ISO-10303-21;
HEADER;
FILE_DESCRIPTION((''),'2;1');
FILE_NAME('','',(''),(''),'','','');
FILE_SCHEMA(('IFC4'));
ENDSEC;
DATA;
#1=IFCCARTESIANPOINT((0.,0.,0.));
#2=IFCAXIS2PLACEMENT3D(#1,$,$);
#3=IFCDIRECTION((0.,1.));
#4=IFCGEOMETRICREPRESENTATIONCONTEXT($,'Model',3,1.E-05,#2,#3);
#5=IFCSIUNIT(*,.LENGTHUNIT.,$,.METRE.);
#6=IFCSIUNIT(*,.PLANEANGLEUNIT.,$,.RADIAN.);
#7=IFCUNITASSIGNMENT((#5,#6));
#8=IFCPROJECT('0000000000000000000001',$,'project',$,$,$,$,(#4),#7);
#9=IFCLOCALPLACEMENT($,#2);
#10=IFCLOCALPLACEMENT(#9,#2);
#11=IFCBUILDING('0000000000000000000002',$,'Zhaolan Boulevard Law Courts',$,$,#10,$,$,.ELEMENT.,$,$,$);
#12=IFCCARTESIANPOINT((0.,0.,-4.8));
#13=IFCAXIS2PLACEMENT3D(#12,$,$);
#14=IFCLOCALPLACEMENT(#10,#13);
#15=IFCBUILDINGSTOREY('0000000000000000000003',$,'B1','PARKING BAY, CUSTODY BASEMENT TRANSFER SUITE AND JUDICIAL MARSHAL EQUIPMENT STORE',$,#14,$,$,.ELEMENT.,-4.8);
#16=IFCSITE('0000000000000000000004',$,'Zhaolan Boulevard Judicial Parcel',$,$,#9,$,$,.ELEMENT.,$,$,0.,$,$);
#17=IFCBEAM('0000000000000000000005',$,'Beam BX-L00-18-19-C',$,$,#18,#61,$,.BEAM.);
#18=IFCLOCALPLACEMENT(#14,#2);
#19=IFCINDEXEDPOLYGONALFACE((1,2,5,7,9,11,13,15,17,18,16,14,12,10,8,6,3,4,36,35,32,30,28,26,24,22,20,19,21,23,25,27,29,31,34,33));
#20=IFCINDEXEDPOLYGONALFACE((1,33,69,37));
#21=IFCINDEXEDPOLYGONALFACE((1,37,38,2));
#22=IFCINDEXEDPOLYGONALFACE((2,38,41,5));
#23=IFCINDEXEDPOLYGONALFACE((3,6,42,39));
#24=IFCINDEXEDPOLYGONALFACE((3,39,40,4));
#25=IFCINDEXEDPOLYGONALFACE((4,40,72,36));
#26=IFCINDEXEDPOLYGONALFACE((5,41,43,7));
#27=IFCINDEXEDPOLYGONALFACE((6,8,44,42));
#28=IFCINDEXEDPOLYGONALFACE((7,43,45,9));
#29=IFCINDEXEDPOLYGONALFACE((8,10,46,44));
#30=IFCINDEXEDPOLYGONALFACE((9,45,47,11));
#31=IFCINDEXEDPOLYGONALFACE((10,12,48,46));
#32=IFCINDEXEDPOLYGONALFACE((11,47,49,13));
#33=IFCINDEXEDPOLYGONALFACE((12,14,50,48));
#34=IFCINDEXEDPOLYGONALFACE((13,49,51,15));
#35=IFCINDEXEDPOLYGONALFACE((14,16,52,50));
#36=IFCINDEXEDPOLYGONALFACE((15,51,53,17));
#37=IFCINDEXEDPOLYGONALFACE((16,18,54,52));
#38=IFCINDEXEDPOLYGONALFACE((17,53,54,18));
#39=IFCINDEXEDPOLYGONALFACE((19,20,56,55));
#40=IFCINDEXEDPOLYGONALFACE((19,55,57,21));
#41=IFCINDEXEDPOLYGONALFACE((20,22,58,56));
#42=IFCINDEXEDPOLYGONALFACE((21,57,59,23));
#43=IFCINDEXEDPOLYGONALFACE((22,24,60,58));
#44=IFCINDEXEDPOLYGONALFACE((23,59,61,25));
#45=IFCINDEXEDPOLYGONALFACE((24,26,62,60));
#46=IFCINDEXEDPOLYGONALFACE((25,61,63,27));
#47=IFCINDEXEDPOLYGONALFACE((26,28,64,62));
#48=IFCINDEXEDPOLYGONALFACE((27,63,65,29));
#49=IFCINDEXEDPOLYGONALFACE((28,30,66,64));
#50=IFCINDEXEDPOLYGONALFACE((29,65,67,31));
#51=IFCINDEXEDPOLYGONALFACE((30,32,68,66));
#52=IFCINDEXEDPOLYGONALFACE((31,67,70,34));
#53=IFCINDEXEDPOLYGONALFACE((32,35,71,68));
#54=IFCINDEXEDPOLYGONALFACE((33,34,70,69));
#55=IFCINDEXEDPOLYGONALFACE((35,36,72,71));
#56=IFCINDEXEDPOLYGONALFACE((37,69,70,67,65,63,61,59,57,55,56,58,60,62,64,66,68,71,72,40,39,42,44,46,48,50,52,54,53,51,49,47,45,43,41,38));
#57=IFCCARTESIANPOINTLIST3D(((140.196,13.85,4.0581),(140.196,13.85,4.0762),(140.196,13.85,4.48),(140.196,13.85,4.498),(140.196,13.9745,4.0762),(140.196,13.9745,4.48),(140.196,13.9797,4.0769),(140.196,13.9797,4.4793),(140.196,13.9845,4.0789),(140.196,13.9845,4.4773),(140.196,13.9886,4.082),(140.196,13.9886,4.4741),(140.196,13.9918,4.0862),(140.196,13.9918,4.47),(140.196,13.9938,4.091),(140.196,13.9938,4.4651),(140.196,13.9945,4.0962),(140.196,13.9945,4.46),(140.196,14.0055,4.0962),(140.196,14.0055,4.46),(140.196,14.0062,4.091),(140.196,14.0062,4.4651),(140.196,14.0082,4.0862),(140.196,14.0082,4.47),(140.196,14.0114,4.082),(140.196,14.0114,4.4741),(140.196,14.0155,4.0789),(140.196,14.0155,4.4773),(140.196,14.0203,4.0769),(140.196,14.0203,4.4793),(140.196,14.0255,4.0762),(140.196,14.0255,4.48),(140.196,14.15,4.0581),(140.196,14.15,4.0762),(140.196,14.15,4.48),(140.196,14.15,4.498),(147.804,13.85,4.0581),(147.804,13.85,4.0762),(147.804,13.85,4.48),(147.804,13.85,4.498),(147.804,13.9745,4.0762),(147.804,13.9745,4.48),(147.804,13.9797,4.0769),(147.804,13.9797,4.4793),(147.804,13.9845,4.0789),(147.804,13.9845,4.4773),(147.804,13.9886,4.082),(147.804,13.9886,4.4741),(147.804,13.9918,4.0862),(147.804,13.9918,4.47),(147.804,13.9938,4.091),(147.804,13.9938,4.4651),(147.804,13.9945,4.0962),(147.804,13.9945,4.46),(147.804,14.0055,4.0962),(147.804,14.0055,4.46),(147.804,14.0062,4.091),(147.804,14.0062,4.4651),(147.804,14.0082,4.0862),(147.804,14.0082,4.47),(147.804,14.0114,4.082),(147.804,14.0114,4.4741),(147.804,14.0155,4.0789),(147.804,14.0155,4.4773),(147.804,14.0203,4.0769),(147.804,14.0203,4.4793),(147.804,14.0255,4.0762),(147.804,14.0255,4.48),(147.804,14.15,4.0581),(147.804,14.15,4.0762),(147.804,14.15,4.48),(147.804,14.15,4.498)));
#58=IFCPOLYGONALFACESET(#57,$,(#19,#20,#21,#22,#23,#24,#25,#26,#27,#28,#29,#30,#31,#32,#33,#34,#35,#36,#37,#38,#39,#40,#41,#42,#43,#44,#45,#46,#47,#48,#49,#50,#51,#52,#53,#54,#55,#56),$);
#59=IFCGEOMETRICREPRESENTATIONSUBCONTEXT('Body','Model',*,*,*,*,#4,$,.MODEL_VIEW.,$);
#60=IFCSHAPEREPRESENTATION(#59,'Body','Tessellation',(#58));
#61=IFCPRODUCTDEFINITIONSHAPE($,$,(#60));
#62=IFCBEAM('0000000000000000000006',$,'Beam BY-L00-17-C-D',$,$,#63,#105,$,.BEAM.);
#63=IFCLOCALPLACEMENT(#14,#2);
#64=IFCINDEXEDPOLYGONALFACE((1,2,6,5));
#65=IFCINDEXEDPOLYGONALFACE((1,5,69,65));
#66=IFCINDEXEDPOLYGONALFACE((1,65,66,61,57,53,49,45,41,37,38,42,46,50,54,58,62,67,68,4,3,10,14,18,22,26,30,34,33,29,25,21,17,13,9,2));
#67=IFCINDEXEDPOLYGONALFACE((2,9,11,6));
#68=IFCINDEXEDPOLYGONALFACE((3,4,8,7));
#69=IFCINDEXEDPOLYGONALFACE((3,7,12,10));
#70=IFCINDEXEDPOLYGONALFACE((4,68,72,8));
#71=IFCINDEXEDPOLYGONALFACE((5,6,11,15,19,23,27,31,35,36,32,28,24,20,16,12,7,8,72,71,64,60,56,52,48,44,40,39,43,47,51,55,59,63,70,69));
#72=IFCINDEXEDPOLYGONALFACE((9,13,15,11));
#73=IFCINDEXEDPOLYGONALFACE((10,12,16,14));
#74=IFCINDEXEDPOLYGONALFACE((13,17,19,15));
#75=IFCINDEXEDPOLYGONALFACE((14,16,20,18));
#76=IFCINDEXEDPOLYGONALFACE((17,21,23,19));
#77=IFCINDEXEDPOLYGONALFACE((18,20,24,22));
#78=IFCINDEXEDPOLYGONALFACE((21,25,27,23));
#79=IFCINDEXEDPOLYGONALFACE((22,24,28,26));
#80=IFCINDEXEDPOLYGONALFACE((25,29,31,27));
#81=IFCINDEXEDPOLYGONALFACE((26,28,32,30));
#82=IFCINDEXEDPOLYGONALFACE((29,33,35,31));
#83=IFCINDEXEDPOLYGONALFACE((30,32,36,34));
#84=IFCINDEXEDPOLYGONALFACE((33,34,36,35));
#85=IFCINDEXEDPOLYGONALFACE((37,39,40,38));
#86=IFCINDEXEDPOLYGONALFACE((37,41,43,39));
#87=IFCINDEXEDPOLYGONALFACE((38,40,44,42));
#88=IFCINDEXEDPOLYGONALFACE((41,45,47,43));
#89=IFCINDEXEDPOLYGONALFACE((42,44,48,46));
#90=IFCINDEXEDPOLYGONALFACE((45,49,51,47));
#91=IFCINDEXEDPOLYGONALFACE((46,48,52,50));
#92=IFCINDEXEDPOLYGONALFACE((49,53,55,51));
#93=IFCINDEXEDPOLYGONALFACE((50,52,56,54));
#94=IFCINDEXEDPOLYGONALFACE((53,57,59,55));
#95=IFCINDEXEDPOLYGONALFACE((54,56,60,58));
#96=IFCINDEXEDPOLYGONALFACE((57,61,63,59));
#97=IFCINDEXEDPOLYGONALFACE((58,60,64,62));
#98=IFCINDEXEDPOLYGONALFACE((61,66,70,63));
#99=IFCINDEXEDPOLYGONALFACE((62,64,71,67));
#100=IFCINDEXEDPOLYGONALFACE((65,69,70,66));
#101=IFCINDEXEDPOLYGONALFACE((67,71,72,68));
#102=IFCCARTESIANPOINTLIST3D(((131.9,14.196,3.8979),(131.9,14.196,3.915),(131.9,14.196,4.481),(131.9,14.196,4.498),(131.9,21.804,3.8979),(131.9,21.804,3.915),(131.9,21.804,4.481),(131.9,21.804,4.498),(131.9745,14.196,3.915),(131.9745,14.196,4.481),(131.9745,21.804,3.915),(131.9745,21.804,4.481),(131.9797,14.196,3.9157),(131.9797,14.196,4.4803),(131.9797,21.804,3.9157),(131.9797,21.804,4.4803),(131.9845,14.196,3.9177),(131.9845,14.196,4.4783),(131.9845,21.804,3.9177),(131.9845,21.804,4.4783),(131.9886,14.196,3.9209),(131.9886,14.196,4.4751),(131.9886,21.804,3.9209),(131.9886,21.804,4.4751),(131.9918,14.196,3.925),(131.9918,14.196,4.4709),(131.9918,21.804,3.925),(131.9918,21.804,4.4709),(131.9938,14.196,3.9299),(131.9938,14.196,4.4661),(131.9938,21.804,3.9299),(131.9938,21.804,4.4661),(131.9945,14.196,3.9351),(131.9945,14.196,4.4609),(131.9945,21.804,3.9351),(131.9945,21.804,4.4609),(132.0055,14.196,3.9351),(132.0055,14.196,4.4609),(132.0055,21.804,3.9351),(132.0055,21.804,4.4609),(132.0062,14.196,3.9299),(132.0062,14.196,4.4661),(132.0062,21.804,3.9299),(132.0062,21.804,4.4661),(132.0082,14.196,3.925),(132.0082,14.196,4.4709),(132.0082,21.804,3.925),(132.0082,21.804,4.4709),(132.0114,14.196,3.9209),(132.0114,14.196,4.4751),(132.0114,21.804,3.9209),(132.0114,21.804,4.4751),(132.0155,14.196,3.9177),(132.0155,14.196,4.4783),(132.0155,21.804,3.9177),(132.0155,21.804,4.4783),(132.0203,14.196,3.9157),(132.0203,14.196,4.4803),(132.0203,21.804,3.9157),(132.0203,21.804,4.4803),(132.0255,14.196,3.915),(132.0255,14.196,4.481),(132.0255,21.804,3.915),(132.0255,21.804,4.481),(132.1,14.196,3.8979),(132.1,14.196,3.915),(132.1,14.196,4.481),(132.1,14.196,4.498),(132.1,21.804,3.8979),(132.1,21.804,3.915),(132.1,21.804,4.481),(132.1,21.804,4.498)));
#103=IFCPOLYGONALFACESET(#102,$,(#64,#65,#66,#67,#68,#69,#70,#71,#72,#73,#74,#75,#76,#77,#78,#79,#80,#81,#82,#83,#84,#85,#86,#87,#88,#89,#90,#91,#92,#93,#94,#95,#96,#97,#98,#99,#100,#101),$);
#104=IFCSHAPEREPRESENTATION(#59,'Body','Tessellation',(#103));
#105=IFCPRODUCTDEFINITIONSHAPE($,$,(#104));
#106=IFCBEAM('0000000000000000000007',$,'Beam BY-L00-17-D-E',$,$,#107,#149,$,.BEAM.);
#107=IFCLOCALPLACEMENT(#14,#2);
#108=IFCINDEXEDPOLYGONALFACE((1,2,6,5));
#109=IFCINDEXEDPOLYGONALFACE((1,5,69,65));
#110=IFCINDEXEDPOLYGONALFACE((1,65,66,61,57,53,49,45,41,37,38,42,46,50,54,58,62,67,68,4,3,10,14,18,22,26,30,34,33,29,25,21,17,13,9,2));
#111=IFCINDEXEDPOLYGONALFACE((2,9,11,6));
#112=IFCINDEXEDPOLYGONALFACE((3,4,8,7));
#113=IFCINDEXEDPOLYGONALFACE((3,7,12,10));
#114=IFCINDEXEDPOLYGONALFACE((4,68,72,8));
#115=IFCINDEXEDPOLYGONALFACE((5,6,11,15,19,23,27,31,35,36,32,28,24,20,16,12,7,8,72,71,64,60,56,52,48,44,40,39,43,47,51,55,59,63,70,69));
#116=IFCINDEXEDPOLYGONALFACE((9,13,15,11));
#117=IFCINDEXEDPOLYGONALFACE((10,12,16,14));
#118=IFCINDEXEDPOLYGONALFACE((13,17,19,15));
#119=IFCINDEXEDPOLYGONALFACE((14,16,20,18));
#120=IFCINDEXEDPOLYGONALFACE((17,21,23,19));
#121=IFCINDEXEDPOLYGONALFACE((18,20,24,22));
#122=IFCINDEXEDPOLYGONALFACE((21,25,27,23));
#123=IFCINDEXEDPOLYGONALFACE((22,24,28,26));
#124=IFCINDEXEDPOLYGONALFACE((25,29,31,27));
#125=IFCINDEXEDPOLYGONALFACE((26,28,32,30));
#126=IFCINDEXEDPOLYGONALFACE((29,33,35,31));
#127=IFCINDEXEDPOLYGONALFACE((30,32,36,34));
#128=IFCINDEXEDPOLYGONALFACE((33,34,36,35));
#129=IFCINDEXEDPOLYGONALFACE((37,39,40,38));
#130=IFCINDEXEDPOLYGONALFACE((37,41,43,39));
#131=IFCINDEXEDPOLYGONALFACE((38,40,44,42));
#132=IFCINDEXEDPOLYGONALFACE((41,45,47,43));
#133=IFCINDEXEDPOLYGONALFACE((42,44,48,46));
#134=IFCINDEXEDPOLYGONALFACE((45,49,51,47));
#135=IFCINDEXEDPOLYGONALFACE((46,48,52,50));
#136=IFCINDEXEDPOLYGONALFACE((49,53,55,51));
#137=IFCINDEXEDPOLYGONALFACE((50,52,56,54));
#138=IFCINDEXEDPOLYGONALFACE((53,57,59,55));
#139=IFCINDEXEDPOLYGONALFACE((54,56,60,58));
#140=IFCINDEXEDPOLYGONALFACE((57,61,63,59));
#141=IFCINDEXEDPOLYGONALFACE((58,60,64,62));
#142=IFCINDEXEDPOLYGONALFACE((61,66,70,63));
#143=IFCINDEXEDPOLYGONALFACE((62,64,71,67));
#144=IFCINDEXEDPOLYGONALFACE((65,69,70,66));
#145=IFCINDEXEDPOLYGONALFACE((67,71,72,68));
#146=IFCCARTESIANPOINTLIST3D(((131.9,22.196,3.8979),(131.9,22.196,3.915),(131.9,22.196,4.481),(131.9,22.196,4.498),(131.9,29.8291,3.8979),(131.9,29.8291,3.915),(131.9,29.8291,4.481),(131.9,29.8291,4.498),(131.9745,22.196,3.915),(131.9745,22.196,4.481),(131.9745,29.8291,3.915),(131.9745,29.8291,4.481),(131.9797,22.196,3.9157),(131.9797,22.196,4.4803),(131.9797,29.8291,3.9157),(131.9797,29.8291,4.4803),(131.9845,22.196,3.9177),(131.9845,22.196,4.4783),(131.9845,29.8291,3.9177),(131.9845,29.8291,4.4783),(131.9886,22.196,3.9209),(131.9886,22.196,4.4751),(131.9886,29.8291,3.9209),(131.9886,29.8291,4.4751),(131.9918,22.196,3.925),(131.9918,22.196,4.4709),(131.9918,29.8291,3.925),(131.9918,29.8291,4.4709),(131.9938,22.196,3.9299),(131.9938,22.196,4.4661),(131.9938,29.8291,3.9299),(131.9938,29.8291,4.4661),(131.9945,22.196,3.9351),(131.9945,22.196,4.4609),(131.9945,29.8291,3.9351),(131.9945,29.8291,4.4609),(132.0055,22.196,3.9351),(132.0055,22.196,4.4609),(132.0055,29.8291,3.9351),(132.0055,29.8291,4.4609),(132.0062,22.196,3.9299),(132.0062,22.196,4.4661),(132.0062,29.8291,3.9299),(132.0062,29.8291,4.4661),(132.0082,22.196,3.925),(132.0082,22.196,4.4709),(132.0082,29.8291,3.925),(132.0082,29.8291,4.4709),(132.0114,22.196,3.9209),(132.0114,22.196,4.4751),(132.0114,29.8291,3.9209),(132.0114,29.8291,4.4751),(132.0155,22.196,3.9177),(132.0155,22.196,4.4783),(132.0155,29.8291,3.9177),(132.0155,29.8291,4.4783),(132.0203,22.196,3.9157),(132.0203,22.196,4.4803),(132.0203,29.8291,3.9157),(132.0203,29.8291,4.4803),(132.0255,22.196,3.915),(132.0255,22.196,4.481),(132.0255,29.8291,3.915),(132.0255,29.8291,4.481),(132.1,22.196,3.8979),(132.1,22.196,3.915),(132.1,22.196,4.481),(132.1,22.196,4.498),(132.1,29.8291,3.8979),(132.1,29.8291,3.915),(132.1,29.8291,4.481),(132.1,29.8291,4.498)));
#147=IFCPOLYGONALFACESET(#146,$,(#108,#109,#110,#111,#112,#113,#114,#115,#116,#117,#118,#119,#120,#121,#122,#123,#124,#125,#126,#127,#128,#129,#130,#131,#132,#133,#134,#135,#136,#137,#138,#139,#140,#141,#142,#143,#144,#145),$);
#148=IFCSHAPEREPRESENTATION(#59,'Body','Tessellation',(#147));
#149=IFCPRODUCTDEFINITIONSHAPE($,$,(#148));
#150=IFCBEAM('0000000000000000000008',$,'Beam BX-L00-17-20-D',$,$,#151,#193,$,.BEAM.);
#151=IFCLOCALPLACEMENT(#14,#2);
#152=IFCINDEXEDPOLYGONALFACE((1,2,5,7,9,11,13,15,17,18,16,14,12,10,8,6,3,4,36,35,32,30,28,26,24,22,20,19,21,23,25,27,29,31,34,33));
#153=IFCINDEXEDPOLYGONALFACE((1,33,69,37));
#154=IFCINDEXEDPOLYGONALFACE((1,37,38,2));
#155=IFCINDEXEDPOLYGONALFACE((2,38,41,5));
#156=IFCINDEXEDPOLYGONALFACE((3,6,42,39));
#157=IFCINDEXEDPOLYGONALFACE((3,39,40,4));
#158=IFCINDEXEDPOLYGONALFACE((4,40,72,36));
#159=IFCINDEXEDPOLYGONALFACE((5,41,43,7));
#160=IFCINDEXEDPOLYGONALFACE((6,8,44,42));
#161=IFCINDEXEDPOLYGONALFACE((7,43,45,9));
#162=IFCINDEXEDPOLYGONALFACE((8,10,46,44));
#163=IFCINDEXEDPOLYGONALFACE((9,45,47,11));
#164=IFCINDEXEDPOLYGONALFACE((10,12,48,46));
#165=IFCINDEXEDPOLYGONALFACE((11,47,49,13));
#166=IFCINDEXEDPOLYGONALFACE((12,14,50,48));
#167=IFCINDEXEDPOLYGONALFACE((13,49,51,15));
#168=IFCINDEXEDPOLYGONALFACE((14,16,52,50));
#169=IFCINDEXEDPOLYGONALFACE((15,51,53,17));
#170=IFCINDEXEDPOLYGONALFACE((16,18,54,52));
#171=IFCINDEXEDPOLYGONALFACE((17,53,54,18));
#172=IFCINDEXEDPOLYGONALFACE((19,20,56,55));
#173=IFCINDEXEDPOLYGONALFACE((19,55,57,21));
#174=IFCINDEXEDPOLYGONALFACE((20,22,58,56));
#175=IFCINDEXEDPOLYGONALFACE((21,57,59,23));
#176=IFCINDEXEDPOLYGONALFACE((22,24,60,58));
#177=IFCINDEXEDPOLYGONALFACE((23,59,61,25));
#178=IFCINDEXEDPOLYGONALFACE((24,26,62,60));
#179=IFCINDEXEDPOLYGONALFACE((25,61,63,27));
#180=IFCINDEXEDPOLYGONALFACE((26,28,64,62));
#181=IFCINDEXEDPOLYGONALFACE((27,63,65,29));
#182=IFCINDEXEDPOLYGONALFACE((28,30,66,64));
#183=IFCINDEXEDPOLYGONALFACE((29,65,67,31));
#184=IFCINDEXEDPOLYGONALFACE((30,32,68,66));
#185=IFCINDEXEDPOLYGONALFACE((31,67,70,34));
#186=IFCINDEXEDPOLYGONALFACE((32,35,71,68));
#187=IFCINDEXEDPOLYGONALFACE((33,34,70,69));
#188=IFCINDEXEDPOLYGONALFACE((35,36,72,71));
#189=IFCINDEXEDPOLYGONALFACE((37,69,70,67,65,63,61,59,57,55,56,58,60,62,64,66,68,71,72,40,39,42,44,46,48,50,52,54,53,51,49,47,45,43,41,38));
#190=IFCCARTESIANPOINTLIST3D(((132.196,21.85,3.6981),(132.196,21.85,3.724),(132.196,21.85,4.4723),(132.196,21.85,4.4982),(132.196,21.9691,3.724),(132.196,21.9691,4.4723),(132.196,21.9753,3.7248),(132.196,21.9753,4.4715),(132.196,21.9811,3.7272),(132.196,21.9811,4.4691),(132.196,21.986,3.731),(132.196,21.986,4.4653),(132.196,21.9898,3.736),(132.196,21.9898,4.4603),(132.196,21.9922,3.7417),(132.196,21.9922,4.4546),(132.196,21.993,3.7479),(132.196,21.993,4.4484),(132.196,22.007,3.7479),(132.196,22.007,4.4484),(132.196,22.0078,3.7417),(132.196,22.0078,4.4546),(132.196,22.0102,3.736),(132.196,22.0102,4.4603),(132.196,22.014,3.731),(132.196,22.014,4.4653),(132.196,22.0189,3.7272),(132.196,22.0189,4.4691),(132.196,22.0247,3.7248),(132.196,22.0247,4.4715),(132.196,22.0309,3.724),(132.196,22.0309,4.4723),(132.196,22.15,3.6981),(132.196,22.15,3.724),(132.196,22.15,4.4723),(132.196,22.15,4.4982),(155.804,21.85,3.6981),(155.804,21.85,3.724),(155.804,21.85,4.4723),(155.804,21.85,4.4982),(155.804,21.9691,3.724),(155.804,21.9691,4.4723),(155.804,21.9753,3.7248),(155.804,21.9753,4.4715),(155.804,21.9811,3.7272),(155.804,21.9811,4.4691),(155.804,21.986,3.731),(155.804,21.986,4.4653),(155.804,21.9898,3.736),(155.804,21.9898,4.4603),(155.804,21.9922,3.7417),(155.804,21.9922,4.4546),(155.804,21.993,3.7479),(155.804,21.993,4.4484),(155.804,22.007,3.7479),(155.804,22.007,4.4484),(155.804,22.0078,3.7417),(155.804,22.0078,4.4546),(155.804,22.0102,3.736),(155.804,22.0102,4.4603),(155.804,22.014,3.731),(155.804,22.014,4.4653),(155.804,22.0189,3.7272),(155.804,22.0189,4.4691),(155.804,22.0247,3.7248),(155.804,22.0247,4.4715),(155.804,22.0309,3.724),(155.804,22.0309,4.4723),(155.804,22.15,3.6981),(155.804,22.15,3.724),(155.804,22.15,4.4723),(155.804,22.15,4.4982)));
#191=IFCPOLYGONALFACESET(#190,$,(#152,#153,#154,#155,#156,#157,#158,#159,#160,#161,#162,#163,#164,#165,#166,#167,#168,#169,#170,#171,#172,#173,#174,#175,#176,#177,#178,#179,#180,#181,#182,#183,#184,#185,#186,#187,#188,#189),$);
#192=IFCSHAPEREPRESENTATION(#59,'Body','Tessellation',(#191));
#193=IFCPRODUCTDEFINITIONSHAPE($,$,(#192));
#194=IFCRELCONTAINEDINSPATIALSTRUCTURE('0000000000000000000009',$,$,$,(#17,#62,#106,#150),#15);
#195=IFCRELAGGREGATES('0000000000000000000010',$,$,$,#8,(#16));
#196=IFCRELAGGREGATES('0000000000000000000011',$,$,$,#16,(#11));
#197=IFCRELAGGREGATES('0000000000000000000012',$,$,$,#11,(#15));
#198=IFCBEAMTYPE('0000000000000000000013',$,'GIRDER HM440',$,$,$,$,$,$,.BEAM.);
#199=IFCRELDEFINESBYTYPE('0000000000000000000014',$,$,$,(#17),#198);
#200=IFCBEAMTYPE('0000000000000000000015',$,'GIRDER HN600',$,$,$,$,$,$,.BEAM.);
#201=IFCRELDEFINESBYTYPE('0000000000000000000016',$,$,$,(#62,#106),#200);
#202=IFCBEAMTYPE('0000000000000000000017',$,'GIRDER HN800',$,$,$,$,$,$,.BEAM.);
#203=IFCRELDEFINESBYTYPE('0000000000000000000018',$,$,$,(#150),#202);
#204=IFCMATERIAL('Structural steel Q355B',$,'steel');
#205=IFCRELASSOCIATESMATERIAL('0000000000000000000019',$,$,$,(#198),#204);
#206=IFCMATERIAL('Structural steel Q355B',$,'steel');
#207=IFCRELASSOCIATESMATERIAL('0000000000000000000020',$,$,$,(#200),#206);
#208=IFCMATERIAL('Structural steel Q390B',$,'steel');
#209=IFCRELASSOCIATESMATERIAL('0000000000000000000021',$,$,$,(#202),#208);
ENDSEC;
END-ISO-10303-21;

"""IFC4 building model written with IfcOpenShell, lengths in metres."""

from ifc_helpers import new_model, si_unit, direction, frame, origin, origin_2d, place, context, subcontext, project, spatial, i_section, extrude, material, material_profile, profile_set, type_object, element, save


model = new_model("IFC4")

# Units and contexts
model_context = context("Model", 3, precision=1e-05, world=origin(), true_north=direction((0.0, 1.0)))
body_context = subcontext(model_context, "Body", "Model", "MODEL_VIEW")
ifc_project = project(units=[si_unit("LENGTHUNIT", "METRE"), si_unit("PLANEANGLEUNIT", "RADIAN")], contexts=[model_context])

# Site, building, storey
site_placement = place(None, origin())
site = spatial("IfcSite", under=ifc_project, at=site_placement, Name="Zhaolan Boulevard Judicial Parcel", CompositionType="ELEMENT", RefElevation=0.0)
building_placement = place(site_placement, origin())
building = spatial("IfcBuilding", under=site, at=building_placement, Name="Zhaolan Boulevard Law Courts", CompositionType="ELEMENT")
storey_placement = place(building_placement, frame((0.0, 0.0, -4.8)))
storey = spatial("IfcBuildingStorey", under=building, at=storey_placement, Name="B1", Description="PARKING BAY, CUSTODY BASEMENT TRANSFER SUITE AND JUDICIAL MARSHAL EQUIPMENT STORE", CompositionType="ELEMENT", Elevation=-4.8)

# Beams
ifc_material_1 = material(Name="Structural steel Q355B", Category="steel")
ifc_material_profile_1 = material_profile(ifc_material_1, i_section(OverallWidth=0.3, OverallDepth=0.4399, WebThickness=0.011, FlangeThickness=0.0181, FilletRadius=0.02, at=origin_2d()), Name="HM440x300")
ifc_profile_set_1 = profile_set([ifc_material_profile_1], Name="Structural steel Q355B")
beam_type_1 = type_object("IfcBeamType", Name="GIRDER HM440", PredefinedType="BEAM", material=ifc_profile_set_1)
beam_1_placement = place(storey_placement, frame((140.196, 14.0, 4.2781), z_axis=(1.0, 0.0, 0.0), x_axis=(0.0, 1.0, 0.0)))
element("IfcBeam", 1, at=beam_1_placement, inside=storey, type_object=beam_type_1, Name="Beam BX-L00-18-19-C", PredefinedType="BEAM", context=body_context, shape_type="SweptSolid", body=[
    extrude(i_section(OverallWidth=0.3, OverallDepth=0.4399, WebThickness=0.011, FlangeThickness=0.0181, FilletRadius=0.02, at=origin_2d()), origin(), (0.0, 0.0, 1.0), 7.6079),
])
ifc_material_2 = material(Name="Structural steel Q355B", Category="steel")
ifc_material_profile_2 = material_profile(ifc_material_2, i_section(OverallWidth=0.2, OverallDepth=0.6001, WebThickness=0.011, FlangeThickness=0.0171, FilletRadius=0.02, at=origin_2d()), Name="HN600x200")
ifc_profile_set_2 = profile_set([ifc_material_profile_2], Name="Structural steel Q355B")
beam_type_2 = type_object("IfcBeamType", Name="GIRDER HN600", PredefinedType="BEAM", material=ifc_profile_set_2)
beam_2_placement = place(storey_placement, frame((132.0, 14.196, 4.198), z_axis=(0.0, 1.0, 0.0), x_axis=(-1.0, 0.0, 0.0)))
element("IfcBeam", 2, at=beam_2_placement, inside=storey, type_object=beam_type_2, Name="Beam BY-L00-17-C-D", PredefinedType="BEAM", context=body_context, shape_type="SweptSolid", body=[
    extrude(i_section(OverallWidth=0.2, OverallDepth=0.6001, WebThickness=0.011, FlangeThickness=0.0171, FilletRadius=0.02, at=origin_2d()), origin(), (0.0, 0.0, 1.0), 7.6079),
])
beam_3_placement = place(storey_placement, frame((132.0, 22.196, 4.198), z_axis=(0.0, 1.0, 0.0), x_axis=(-1.0, 0.0, 0.0)))
element("IfcBeam", 3, at=beam_3_placement, inside=storey, type_object=beam_type_2, Name="Beam BY-L00-17-D-E", PredefinedType="BEAM", context=body_context, shape_type="SweptSolid", body=[
    extrude(i_section(OverallWidth=0.2, OverallDepth=0.6001, WebThickness=0.011, FlangeThickness=0.0171, FilletRadius=0.02, at=origin_2d()), origin(), (0.0, 0.0, 1.0), 7.6331),
])
ifc_material_3 = material(Name="Structural steel Q390B", Category="steel")
ifc_material_profile_3 = material_profile(ifc_material_3, i_section(OverallWidth=0.3, OverallDepth=0.8, WebThickness=0.0139, FlangeThickness=0.0259, FilletRadius=0.0239, at=origin_2d()), Name="HN800x300")
ifc_profile_set_3 = profile_set([ifc_material_profile_3], Name="Structural steel Q390B")
beam_type_3 = type_object("IfcBeamType", Name="GIRDER HN800", PredefinedType="BEAM", material=ifc_profile_set_3)
for number, where, z_axis, x_axis, name in (
    (4, (132.196, 22.0, 4.0981), (1.0, 0.0, 0.0), (0.0, 1.0, 0.0), "Beam BX-L00-17-20-D"),
):
    element("IfcBeam", number, at=place(storey_placement, frame(where, z_axis=z_axis, x_axis=x_axis)), inside=storey, type_object=beam_type_3, Name=name, PredefinedType="BEAM", context=body_context, shape_type="SweptSolid", body=[
        extrude(i_section(OverallWidth=0.3, OverallDepth=0.8, WebThickness=0.0139, FlangeThickness=0.0259, FilletRadius=0.0239, at=origin_2d()), origin(), (0.0, 0.0, 1.0), 23.6079),
    ])

save(model, "model.ifc")
